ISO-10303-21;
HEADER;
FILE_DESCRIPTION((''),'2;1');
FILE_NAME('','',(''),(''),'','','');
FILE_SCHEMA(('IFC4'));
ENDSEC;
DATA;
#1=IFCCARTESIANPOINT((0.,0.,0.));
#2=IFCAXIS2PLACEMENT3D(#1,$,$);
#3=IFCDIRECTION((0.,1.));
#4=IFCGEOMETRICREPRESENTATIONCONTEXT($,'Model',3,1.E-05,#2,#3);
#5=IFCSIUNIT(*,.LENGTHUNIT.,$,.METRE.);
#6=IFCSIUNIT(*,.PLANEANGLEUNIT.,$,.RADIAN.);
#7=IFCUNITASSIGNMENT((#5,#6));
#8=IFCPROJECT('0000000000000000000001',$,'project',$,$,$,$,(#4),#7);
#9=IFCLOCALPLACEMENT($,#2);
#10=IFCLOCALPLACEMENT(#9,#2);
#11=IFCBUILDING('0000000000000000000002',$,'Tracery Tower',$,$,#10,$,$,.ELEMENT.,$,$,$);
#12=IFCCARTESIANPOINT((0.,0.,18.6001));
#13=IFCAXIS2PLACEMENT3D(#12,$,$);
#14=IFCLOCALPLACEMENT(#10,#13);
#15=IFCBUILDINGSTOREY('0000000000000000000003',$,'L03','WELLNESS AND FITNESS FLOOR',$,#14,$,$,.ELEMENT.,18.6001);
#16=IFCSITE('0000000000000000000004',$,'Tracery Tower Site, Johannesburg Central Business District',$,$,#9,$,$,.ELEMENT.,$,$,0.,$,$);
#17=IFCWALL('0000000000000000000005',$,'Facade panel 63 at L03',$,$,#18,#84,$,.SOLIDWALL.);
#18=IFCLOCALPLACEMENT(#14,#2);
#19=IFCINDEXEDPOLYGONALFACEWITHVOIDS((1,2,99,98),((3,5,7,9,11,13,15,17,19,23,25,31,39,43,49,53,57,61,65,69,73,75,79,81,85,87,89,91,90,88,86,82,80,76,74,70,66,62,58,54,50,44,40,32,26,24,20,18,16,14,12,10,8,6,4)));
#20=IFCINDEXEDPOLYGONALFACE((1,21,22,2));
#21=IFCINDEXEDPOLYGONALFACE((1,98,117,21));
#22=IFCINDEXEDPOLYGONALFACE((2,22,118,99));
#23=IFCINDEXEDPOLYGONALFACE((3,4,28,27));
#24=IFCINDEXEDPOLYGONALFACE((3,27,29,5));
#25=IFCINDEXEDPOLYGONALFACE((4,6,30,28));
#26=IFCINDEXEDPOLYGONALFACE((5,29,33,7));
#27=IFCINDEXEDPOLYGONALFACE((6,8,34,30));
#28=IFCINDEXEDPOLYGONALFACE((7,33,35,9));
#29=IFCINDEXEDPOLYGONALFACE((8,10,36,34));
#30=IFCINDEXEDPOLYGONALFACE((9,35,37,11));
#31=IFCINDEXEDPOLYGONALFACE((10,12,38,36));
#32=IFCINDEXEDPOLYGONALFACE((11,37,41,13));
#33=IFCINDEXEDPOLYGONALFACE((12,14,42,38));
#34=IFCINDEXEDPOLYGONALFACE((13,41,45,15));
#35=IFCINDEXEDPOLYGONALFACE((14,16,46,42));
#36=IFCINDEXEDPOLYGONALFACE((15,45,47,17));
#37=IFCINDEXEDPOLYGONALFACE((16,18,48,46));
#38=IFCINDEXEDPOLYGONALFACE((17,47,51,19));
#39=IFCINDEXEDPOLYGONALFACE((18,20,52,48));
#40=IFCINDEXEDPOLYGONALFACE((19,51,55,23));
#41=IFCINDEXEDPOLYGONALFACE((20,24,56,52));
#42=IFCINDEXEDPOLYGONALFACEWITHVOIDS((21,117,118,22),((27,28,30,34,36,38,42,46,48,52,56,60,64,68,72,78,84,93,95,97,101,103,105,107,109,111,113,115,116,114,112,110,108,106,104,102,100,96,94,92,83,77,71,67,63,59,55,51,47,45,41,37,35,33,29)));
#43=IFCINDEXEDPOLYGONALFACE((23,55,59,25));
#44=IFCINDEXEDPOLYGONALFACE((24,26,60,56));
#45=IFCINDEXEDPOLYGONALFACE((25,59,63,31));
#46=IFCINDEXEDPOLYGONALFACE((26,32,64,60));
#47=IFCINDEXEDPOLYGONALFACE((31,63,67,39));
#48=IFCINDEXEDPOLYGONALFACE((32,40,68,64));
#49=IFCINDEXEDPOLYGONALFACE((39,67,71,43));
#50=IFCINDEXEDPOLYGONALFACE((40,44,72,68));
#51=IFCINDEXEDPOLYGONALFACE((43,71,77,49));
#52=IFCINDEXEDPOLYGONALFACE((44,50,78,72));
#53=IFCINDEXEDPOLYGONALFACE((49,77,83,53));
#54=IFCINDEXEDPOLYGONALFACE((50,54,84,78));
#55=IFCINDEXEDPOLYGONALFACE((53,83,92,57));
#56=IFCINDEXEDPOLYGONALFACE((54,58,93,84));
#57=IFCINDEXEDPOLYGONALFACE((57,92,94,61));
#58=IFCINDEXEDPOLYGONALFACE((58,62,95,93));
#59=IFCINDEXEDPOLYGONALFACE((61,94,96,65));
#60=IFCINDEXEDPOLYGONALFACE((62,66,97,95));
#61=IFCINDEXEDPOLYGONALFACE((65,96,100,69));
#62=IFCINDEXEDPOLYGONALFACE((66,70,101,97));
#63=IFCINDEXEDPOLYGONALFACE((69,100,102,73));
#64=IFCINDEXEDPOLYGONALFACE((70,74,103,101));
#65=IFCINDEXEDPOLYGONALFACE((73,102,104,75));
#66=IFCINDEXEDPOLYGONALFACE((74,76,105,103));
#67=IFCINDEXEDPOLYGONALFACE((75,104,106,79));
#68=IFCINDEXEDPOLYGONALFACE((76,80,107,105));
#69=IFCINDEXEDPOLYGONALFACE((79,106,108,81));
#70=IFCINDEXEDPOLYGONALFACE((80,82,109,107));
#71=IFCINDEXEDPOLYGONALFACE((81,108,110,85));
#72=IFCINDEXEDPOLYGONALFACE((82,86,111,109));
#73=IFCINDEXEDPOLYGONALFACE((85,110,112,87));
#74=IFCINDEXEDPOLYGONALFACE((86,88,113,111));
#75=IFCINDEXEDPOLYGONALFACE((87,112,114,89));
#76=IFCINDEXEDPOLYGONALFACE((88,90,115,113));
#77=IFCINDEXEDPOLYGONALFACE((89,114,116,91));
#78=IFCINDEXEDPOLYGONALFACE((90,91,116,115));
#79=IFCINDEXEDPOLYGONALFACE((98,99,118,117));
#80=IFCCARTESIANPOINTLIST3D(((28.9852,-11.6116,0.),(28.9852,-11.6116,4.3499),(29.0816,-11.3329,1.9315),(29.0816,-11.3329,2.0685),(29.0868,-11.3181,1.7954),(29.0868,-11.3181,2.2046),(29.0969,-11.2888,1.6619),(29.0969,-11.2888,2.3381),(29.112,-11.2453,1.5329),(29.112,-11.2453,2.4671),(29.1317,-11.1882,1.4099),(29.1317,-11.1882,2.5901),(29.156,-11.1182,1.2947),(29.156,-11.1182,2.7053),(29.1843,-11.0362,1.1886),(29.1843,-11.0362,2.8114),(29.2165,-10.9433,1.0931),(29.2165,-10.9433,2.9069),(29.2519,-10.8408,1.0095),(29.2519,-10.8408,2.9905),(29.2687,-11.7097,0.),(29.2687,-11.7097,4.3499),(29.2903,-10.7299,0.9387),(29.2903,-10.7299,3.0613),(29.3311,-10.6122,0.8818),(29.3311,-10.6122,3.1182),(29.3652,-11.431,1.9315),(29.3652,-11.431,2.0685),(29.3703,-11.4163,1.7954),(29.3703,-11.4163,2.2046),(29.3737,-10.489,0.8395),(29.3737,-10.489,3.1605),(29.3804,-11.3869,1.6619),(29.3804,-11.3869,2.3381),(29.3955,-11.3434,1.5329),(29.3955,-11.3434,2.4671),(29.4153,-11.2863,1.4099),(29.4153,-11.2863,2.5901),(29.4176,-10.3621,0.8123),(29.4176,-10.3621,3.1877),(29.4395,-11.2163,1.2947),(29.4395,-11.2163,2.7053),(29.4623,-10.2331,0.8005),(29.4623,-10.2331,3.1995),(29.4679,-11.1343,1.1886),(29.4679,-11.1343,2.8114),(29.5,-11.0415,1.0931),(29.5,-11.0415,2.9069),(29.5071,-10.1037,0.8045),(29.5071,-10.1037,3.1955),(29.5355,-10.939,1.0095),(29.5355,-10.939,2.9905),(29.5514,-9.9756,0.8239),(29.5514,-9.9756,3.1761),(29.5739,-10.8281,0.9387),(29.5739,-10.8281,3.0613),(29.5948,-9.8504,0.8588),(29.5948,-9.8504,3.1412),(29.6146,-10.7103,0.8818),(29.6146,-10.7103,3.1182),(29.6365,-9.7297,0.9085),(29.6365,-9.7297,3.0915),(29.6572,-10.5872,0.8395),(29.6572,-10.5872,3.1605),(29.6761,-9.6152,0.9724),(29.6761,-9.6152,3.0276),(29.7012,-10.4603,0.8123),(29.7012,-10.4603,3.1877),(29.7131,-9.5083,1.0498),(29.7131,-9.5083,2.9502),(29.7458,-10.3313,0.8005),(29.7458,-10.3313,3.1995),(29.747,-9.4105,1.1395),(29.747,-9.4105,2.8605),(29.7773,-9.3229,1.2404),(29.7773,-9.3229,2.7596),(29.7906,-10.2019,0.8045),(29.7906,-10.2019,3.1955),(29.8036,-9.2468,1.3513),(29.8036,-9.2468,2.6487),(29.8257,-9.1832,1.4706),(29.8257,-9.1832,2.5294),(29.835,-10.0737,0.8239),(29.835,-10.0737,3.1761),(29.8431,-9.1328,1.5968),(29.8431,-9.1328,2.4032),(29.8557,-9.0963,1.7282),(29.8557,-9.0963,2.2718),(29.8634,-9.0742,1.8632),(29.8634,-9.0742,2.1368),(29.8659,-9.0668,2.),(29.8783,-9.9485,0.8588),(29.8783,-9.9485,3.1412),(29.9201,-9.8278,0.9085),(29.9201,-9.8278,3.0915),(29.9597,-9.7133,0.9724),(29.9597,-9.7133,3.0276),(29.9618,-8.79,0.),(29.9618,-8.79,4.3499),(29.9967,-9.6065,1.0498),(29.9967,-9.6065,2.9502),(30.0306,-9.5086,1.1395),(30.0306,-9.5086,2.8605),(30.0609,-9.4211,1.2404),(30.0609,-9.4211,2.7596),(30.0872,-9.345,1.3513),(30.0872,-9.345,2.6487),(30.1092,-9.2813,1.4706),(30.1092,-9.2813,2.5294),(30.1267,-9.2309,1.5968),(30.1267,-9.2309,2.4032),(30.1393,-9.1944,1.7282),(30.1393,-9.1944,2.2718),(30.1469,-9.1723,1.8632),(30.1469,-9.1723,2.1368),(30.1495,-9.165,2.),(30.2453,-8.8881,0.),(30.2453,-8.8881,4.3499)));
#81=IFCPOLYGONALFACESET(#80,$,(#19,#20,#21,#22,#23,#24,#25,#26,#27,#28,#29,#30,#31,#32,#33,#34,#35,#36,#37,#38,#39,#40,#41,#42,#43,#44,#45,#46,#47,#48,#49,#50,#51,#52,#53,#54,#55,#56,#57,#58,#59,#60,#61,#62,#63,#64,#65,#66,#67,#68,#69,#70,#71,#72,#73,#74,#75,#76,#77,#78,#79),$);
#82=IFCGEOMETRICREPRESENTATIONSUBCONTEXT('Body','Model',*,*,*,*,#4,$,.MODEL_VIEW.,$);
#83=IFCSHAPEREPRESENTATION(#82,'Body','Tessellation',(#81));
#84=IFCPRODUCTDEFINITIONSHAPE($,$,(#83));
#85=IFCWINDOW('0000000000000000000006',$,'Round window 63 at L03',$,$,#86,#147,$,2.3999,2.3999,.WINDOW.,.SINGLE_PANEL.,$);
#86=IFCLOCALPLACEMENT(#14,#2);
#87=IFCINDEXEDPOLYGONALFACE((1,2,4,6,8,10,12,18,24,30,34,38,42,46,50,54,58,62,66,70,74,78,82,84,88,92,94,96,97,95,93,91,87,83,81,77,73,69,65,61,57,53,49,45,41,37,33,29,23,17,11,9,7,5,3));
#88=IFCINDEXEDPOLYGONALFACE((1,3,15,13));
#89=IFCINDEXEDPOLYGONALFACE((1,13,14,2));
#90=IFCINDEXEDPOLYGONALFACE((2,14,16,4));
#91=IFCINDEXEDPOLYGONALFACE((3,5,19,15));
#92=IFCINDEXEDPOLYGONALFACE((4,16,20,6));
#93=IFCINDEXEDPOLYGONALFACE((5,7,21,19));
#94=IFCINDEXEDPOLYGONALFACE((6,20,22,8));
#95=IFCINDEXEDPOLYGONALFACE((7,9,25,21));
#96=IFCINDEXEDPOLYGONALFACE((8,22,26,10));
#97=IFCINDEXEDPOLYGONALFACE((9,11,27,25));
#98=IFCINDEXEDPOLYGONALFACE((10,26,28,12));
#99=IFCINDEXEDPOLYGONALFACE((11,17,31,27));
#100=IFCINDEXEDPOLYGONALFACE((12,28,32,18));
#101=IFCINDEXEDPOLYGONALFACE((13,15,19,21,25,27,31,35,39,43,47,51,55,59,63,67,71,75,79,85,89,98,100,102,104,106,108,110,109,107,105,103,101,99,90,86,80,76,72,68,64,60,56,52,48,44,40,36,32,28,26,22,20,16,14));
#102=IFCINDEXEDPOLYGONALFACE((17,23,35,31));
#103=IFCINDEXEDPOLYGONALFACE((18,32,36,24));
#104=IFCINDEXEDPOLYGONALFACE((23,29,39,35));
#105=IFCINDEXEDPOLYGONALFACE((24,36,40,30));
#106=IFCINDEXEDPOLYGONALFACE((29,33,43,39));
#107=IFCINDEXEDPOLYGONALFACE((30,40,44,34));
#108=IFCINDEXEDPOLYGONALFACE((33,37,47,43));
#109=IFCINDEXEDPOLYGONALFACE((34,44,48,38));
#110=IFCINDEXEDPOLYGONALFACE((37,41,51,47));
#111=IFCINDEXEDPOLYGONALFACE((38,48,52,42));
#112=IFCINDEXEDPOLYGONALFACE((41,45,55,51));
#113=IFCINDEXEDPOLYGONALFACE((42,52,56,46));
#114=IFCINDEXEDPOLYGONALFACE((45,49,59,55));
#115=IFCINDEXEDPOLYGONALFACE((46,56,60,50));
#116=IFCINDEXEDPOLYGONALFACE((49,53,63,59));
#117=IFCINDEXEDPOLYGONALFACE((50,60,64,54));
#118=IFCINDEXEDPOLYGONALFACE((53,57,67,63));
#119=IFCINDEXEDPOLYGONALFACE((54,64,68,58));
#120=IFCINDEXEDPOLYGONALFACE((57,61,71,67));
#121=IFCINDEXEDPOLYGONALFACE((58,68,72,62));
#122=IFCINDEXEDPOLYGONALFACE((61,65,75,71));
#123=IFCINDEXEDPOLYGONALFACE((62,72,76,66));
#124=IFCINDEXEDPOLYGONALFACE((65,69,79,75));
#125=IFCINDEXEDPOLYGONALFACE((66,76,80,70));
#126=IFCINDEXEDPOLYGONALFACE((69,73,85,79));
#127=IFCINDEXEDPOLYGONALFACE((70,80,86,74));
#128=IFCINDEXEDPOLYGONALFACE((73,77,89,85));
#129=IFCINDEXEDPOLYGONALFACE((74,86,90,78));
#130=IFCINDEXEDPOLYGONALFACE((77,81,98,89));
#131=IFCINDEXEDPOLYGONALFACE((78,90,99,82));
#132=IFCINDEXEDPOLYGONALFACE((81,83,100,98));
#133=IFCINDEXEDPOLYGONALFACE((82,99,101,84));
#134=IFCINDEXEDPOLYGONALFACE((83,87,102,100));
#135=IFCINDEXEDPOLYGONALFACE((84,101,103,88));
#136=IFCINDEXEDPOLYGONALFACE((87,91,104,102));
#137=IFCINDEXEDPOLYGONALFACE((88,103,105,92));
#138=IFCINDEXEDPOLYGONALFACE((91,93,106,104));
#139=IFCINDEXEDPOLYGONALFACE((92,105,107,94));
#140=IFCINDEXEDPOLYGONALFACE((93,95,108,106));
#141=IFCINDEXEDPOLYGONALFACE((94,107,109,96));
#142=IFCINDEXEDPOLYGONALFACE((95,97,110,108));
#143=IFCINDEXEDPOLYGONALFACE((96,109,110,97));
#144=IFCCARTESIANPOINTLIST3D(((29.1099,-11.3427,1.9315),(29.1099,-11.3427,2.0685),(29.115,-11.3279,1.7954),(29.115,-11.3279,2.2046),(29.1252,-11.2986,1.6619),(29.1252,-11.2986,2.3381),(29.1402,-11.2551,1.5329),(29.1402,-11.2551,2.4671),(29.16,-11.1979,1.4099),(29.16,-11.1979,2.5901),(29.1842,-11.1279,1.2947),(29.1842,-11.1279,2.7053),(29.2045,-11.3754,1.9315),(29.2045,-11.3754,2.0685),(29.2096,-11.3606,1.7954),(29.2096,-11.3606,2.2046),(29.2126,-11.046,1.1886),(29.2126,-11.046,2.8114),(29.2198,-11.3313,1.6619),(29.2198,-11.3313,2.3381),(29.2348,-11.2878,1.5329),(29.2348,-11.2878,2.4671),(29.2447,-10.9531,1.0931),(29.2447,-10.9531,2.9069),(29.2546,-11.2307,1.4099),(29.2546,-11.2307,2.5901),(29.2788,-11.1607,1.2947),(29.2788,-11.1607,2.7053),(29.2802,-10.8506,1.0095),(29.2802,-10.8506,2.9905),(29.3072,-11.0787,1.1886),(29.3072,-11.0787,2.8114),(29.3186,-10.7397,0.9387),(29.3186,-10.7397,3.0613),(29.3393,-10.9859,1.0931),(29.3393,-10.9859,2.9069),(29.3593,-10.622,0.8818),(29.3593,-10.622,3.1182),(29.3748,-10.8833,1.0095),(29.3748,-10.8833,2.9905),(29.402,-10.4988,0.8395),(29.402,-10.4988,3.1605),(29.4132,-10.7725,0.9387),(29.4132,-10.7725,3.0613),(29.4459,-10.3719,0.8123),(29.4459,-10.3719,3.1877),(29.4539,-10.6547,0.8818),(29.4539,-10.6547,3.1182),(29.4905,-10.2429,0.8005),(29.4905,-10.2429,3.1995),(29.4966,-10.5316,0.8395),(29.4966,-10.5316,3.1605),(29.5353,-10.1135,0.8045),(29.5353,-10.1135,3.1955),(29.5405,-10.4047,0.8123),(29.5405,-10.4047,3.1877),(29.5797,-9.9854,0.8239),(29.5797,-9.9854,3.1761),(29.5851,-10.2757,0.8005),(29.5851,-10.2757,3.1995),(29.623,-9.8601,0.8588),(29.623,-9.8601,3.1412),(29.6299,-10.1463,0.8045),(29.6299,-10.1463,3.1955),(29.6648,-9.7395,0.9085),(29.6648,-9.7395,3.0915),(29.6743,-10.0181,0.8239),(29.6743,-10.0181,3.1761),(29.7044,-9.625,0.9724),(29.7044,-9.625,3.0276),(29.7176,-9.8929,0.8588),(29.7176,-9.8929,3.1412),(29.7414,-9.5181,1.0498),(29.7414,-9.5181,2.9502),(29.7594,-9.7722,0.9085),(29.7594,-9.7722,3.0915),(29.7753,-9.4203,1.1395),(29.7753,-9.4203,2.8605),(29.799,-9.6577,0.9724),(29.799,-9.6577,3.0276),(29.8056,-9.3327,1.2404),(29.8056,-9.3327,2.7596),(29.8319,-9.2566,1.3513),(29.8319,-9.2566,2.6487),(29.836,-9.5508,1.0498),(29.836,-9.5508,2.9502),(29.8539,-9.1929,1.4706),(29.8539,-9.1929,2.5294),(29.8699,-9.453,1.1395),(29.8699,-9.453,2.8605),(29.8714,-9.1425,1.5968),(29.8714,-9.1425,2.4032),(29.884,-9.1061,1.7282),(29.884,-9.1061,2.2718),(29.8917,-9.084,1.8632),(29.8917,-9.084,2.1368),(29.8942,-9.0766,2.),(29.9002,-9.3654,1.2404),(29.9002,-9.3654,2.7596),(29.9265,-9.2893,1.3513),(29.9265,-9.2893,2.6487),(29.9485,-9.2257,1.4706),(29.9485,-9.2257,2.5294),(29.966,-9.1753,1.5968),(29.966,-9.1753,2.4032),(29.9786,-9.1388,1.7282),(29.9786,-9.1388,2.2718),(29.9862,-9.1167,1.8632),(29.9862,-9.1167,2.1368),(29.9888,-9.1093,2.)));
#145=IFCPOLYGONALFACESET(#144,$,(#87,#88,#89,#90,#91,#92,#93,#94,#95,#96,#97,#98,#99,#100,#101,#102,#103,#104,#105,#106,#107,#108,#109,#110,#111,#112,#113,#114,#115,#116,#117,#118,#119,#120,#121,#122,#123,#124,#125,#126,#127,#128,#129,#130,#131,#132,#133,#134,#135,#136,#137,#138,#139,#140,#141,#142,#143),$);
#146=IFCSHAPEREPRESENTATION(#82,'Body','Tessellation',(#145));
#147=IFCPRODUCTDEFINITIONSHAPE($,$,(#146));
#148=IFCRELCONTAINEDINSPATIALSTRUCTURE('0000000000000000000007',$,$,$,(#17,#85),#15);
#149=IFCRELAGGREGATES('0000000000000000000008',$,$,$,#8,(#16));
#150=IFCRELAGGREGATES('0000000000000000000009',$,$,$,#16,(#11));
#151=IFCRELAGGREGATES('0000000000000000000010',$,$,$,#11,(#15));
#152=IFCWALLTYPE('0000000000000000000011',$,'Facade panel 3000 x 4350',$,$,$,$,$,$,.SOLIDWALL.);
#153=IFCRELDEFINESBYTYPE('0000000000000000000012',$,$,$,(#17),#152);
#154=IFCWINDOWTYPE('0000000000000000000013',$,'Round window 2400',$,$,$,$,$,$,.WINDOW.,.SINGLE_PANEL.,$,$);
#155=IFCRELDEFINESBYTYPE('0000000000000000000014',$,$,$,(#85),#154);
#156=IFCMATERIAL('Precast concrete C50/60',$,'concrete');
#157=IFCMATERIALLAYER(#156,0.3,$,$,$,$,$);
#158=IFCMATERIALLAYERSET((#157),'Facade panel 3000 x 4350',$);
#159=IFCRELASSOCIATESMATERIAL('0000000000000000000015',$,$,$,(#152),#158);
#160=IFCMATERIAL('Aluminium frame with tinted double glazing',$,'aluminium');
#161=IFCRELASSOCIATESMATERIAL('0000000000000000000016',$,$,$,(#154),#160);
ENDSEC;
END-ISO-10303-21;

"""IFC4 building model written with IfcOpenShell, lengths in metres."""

from ifc_helpers import new_model, si_unit, direction, frame, frame_2d, origin, origin_2d, place, context, subcontext, project, spatial, rectangle, circle, extrude, material, layer, layer_set, type_object, element, fill, save


model = new_model("IFC4")

# Units and contexts
model_context = context("Model", 3, precision=1e-05, world=origin(), true_north=direction((0.0, 1.0)))
body_context = subcontext(model_context, "Body", "Model", "MODEL_VIEW")
ifc_project = project(units=[si_unit("LENGTHUNIT", "METRE"), si_unit("PLANEANGLEUNIT", "RADIAN")], contexts=[model_context])

# Site, building, storey
site_placement = place(None, origin())
site = spatial("IfcSite", under=ifc_project, at=site_placement, Name="Tracery Tower Site, Johannesburg Central Business District", CompositionType="ELEMENT", RefElevation=0.0)
building_placement = place(site_placement, origin())
building = spatial("IfcBuilding", under=site, at=building_placement, Name="Tracery Tower", CompositionType="ELEMENT")
storey_placement = place(building_placement, frame((0.0, 0.0, 18.6001)))
storey = spatial("IfcBuildingStorey", under=building, at=storey_placement, Name="L03", Description="WELLNESS AND FITNESS FLOOR", CompositionType="ELEMENT", Elevation=18.6001)

# Wall, opening, window
ifc_material_1 = material(Name="Precast concrete C50/60", Category="concrete")
ifc_layer_1 = layer(ifc_material_1, 0.3)
ifc_layer_set_1 = layer_set([ifc_layer_1], Name="Facade panel 3000 x 4350")
wall_type_1 = type_object("IfcWallType", Name="Facade panel 3000 x 4350", PredefinedType="SOLIDWALL", material=ifc_layer_set_1)
ifc_material_2 = material(Name="Aluminium frame with tinted double glazing", Category="aluminium")
window_type = type_object("IfcWindowType", Name="Round window 2400", PartitioningType="SINGLE_PANEL", PredefinedType="WINDOW", material=ifc_material_2)
wall_1_placement = place(storey_placement, frame((29.127, -11.6606, 0.0), z_axis=(0.0, 0.0, 1.0), x_axis=(0.327074, 0.944999, 0.0)))
wall_1 = element("IfcWall", 1, at=wall_1_placement, inside=storey, type_object=wall_type_1, Name="Facade panel 63 at L03", PredefinedType="SOLIDWALL", context=body_context, shape_type="SweptSolid", body=[
    extrude(rectangle(XDim=2.9858, YDim=0.3, at=frame_2d((1.4929, 0.0))), origin(), (0.0, 0.0, 1.0), 4.3499),
])
opening_1_placement = place(wall_1_placement, frame((1.4929, 0.0, 2.0)))
opening_1 = element("IfcOpeningElement", 2, at=opening_1_placement, cuts=wall_1, PredefinedType="OPENING", context=body_context, shape_type="SweptSolid", body=[
    extrude(circle(Radius=1.2, at=origin_2d()), frame((0.0, 0.1599, 0.0), z_axis=(0.0, -1.0, 0.0), x_axis=(1.0, 0.0, 0.0)), (0.0, 0.0, 1.0), 0.3201),
])
window_1_placement = place(opening_1_placement, origin())
window_1 = element("IfcWindow", 3, at=window_1_placement, inside=storey, type_object=window_type, Name="Round window 63 at L03", OverallHeight=2.3999, OverallWidth=2.3999, PartitioningType="SINGLE_PANEL", PredefinedType="WINDOW", context=body_context, shape_type="SweptSolid", body=[
    extrude(circle(Radius=1.2, at=origin_2d()), frame((0.0, 0.1201, 0.0), z_axis=(0.0, -1.0, 0.0), x_axis=(1.0, 0.0, 0.0)), (0.0, 0.0, 1.0), 0.1001),
])
fill(opening_1, window_1)

save(model, "model.ifc")
